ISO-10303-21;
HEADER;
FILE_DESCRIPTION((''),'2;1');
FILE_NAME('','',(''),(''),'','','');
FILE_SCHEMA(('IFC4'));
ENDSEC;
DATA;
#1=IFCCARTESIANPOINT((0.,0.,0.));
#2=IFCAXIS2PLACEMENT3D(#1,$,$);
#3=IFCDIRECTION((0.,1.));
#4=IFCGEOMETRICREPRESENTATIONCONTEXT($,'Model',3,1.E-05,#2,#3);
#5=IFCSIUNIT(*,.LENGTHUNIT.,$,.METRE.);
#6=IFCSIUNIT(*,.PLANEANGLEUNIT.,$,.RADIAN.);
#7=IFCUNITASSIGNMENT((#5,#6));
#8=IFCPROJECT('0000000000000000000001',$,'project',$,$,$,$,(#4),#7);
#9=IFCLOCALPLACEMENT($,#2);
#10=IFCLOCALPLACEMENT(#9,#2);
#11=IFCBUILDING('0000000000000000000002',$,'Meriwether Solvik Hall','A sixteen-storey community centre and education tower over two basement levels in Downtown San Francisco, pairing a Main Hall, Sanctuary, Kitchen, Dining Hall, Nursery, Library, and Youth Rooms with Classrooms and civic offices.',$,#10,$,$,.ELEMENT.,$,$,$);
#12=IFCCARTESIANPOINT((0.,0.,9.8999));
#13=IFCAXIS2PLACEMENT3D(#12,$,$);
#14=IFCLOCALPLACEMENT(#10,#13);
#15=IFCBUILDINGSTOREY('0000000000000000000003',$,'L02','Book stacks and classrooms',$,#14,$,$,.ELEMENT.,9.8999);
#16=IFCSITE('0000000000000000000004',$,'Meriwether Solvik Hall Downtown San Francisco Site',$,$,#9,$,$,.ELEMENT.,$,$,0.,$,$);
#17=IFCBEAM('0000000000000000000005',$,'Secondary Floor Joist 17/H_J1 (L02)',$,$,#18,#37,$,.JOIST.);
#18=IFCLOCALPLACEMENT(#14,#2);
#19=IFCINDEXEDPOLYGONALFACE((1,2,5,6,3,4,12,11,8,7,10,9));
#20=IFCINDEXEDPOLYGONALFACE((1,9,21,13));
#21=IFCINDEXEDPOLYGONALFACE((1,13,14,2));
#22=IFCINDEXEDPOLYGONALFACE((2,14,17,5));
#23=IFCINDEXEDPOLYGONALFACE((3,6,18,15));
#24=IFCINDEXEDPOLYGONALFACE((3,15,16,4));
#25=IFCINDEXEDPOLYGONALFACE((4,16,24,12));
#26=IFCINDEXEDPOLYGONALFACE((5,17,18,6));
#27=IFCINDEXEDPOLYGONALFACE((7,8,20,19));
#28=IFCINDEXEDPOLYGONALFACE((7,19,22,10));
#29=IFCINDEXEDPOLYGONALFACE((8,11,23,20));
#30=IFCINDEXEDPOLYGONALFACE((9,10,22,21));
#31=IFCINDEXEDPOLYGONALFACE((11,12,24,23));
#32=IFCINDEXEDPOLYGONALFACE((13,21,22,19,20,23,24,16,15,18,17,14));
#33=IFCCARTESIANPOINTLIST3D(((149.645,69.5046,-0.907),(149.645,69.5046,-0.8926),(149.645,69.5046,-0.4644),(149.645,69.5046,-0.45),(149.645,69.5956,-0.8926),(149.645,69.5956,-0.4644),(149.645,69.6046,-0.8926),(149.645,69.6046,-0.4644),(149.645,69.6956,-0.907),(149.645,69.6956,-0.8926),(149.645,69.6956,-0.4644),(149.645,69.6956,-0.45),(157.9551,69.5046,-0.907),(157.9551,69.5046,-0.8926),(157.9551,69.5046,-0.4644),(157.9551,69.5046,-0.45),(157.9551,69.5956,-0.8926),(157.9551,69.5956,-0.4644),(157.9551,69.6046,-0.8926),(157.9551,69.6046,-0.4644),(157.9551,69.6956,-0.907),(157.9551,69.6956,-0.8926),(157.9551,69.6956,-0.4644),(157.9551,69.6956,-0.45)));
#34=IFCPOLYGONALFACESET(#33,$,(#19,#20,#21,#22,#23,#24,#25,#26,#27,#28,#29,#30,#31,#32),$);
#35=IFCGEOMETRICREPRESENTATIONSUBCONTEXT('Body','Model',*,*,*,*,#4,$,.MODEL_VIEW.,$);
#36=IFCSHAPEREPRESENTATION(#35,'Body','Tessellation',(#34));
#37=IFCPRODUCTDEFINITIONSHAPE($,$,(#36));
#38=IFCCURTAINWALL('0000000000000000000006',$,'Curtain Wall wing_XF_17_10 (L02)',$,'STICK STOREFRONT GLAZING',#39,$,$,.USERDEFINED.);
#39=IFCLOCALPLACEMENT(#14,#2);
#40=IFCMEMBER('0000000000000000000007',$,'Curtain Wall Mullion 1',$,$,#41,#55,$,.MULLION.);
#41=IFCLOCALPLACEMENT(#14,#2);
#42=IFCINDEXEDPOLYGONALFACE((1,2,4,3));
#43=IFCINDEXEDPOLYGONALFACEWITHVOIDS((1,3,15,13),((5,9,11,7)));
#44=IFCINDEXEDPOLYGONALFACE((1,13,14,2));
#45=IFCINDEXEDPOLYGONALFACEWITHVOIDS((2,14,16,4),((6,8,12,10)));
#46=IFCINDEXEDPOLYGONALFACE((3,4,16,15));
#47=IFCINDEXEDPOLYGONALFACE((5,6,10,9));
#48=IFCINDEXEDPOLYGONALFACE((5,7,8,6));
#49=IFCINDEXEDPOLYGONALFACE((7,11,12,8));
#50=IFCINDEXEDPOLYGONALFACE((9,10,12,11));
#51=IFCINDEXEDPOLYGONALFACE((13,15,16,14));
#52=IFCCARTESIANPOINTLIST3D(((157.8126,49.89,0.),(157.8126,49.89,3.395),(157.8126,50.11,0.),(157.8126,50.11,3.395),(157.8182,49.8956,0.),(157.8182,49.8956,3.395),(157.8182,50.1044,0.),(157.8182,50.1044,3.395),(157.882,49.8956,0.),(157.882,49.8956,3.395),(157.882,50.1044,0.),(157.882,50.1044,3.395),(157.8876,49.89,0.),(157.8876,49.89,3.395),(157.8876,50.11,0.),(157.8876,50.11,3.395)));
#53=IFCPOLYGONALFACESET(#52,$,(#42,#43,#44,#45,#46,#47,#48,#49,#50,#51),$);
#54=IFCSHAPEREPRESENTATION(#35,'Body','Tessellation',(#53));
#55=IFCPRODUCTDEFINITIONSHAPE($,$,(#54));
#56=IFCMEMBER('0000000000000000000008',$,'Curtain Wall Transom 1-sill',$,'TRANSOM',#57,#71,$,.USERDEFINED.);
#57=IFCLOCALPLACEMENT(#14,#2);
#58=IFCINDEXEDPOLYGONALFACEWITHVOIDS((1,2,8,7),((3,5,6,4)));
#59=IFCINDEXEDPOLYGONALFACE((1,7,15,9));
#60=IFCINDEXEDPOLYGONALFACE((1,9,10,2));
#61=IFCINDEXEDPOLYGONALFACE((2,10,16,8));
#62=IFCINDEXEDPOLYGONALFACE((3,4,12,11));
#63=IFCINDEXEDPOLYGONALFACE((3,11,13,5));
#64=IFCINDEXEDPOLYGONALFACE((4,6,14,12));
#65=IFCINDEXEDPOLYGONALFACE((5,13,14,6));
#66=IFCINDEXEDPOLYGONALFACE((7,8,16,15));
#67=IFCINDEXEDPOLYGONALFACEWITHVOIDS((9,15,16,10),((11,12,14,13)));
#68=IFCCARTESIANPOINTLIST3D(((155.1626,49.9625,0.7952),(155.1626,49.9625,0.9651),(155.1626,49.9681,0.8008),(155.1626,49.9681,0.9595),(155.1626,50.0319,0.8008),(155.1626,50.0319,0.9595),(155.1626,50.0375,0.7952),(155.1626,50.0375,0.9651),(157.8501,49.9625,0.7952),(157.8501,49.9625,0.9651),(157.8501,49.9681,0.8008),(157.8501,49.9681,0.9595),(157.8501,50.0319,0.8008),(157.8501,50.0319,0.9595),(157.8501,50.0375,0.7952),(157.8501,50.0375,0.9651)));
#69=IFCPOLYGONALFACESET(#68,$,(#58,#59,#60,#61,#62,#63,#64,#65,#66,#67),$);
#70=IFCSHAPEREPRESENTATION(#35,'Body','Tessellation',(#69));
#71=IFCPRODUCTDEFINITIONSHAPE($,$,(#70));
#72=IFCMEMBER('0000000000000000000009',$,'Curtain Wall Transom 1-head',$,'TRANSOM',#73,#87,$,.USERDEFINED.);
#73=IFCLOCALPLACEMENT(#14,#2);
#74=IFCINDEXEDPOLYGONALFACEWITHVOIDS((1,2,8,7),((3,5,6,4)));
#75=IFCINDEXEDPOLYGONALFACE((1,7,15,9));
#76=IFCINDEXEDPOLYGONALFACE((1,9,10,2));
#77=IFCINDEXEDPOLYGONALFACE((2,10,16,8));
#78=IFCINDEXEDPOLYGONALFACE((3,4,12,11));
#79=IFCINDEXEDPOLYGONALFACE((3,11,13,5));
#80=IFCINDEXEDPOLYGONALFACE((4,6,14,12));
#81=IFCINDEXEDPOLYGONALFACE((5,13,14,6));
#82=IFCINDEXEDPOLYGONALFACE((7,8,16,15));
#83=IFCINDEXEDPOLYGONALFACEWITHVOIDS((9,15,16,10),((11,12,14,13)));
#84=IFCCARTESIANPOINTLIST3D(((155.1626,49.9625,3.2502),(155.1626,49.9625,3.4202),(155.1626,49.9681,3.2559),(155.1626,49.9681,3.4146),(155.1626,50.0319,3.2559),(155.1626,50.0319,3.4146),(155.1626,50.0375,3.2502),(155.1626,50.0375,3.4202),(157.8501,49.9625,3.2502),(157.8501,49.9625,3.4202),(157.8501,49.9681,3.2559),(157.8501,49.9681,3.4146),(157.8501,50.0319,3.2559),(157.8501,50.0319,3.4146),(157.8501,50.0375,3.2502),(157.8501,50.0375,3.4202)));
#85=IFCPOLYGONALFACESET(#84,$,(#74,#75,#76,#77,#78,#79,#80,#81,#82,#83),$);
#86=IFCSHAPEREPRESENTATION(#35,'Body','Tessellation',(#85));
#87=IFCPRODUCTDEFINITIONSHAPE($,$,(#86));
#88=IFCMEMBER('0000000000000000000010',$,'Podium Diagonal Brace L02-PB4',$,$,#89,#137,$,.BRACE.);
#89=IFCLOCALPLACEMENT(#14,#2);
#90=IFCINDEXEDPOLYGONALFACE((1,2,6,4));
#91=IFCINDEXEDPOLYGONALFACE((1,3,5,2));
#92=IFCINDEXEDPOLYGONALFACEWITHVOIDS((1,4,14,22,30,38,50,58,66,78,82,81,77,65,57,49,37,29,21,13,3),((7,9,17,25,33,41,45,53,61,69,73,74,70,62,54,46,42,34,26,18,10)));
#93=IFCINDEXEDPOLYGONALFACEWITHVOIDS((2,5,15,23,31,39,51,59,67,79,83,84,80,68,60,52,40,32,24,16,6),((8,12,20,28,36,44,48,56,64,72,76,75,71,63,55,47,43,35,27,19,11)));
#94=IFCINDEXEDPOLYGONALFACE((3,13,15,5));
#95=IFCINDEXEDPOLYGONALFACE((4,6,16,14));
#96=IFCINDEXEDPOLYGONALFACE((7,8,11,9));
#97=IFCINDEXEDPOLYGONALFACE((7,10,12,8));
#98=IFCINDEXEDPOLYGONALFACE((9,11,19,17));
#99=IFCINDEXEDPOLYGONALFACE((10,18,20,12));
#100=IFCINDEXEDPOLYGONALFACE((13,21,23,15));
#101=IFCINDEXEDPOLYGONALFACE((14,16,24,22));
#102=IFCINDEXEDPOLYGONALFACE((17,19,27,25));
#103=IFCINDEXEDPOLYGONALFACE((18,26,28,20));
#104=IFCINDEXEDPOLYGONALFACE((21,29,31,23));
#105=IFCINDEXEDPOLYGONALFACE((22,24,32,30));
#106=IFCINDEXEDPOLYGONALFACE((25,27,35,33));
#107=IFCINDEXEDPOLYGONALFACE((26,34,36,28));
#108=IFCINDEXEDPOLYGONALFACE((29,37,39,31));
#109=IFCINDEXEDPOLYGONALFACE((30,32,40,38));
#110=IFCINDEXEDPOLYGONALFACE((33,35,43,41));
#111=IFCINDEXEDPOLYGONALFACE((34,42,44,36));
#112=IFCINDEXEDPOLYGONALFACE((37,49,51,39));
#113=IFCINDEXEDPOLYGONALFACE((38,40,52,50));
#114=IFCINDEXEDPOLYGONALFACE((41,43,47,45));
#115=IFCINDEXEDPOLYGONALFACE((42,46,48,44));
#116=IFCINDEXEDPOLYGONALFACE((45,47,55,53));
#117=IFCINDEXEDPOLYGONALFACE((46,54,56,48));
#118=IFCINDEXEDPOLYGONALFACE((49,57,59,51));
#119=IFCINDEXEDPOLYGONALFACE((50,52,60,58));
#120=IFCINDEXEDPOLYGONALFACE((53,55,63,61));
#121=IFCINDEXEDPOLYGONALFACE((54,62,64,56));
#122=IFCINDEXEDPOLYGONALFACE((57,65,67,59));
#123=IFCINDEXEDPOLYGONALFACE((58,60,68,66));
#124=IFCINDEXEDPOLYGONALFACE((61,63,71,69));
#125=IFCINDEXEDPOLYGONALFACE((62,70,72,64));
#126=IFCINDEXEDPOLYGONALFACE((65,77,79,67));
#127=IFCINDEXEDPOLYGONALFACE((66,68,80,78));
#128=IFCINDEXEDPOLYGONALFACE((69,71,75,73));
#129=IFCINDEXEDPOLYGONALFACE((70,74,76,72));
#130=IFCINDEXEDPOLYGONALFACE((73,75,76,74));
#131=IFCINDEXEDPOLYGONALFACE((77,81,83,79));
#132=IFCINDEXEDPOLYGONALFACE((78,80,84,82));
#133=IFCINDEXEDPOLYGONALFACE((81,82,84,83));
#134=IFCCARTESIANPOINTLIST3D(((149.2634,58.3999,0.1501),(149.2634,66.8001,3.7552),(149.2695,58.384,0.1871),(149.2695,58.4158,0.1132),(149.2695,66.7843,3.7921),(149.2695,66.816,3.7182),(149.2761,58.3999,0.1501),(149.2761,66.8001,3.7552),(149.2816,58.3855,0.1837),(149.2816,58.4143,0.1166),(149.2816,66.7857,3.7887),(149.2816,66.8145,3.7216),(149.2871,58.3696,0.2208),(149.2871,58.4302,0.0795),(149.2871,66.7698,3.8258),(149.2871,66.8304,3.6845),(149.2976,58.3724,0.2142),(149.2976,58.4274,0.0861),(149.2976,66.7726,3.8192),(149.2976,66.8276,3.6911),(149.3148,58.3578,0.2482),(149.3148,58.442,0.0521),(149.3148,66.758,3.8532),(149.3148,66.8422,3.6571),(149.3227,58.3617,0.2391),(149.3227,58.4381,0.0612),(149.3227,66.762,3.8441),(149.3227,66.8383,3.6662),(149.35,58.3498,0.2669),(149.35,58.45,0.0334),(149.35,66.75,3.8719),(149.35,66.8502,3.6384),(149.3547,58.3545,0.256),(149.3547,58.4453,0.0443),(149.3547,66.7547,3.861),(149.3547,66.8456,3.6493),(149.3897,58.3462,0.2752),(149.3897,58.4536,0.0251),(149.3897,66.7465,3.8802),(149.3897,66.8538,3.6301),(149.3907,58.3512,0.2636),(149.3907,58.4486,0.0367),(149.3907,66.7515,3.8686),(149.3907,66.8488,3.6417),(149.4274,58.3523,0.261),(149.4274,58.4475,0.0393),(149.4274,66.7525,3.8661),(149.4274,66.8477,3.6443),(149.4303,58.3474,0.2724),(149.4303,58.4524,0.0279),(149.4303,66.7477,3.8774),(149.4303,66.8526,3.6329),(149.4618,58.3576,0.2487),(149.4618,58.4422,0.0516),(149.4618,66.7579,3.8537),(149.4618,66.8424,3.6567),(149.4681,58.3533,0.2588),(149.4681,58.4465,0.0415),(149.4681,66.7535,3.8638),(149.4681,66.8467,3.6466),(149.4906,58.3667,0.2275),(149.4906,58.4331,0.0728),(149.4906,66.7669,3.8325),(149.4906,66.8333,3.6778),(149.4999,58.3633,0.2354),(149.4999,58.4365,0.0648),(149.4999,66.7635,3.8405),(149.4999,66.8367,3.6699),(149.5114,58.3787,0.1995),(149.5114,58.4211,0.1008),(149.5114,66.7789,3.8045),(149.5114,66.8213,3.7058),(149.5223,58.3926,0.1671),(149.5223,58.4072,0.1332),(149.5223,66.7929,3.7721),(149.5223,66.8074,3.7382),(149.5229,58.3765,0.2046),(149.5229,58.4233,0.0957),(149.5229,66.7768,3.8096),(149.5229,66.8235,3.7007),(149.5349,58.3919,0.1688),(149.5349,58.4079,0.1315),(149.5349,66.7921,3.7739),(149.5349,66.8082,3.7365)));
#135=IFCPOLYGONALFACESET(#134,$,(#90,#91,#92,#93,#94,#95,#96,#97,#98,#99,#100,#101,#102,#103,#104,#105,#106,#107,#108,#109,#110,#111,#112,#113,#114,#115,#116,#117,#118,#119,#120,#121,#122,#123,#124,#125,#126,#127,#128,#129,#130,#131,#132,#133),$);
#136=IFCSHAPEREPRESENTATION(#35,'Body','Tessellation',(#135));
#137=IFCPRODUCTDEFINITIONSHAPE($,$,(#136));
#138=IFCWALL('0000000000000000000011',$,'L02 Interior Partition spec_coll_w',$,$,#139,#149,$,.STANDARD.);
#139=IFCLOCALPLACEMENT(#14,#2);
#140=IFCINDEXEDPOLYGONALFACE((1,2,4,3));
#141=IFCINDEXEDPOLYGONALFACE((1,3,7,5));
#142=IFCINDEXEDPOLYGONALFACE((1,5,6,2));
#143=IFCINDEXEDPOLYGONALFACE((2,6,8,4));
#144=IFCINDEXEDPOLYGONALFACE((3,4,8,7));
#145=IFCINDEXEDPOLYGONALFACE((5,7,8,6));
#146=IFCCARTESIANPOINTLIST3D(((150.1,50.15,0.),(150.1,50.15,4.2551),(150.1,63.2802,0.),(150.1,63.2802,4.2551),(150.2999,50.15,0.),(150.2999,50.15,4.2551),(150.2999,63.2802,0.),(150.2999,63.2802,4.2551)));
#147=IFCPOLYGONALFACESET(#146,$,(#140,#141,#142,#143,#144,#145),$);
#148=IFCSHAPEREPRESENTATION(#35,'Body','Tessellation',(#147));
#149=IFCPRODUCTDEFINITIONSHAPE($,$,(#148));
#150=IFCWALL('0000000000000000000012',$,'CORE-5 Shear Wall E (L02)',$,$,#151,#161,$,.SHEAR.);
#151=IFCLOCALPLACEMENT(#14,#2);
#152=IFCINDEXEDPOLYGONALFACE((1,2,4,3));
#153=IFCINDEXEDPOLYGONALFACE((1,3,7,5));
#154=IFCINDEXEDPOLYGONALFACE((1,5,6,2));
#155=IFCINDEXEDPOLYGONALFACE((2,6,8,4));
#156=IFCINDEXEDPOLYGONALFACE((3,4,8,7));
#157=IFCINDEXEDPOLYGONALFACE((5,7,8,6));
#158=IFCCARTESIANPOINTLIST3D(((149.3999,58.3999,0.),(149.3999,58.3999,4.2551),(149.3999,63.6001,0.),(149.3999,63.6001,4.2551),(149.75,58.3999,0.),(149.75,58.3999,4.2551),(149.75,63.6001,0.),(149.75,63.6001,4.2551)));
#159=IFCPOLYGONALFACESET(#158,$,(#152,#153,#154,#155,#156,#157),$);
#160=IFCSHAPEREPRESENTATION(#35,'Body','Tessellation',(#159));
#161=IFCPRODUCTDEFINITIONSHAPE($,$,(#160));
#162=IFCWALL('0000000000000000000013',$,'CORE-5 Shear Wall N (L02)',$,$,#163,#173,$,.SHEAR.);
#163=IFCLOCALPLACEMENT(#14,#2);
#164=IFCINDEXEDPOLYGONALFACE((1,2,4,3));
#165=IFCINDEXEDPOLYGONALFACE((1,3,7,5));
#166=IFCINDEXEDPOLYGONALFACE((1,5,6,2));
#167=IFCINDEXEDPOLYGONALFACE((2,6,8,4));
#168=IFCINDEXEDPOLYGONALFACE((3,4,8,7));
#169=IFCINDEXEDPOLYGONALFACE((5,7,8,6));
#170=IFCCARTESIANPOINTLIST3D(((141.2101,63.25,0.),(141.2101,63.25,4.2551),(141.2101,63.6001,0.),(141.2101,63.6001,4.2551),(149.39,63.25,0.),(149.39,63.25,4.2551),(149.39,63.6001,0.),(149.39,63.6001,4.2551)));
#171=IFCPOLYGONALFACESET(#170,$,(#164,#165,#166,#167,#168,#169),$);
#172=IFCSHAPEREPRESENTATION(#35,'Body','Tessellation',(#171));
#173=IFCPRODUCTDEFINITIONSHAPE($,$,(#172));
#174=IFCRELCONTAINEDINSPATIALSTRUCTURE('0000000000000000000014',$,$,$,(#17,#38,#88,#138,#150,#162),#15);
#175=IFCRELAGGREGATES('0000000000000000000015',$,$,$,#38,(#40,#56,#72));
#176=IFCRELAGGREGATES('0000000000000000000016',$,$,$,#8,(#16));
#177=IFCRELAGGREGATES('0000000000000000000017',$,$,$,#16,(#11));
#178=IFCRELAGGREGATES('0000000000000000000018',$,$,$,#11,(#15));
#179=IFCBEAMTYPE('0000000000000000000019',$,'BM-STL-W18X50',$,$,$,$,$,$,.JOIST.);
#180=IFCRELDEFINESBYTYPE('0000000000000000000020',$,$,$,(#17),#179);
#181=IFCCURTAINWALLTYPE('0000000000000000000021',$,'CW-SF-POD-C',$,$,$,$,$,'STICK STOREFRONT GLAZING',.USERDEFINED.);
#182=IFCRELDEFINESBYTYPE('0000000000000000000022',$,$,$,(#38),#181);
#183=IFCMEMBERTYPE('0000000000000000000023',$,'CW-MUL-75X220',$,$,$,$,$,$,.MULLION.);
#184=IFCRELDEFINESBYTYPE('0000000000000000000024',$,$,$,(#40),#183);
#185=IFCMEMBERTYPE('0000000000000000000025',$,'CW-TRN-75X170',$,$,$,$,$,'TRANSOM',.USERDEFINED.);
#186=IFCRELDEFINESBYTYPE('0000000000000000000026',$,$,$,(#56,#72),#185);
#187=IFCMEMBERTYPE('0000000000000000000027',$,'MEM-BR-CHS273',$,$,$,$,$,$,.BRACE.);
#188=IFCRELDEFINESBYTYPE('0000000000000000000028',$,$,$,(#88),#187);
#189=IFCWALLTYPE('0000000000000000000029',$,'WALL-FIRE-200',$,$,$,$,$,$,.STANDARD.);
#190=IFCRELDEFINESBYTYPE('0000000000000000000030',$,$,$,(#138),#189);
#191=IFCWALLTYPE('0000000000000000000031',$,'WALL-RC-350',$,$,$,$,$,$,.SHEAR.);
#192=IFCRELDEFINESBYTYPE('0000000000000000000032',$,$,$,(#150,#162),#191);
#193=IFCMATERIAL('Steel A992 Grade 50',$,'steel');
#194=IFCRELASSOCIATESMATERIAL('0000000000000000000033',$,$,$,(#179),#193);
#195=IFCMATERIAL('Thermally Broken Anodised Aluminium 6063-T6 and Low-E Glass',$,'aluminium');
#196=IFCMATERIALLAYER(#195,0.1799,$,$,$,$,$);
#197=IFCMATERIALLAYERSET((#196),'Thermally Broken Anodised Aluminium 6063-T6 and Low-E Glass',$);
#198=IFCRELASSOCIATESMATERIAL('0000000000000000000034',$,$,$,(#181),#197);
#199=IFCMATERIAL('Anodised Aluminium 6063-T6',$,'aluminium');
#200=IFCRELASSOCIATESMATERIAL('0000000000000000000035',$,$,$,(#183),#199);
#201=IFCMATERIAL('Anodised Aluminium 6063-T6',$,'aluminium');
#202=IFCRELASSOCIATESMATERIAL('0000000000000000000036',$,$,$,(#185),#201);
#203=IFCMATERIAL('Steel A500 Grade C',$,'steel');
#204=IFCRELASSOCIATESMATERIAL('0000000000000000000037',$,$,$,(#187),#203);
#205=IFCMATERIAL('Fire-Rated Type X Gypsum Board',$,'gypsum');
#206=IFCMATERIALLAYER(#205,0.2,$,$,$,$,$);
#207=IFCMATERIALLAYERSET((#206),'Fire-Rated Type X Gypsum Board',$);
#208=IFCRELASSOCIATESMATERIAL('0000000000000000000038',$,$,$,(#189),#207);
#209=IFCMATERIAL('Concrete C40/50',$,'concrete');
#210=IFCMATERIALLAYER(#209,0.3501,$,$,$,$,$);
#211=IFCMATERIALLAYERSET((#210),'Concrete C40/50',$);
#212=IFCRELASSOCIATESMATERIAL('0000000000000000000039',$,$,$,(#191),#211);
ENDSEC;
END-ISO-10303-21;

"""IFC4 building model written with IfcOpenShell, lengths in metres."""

from ifc_helpers import new_model, si_unit, direction, frame, frame_2d, origin, origin_2d, place, context, subcontext, project, spatial, rectangle, hollow_rectangle, hollow_circle, i_section, extrude, material, layer, layer_set, material_profile, profile_set, type_object, element, aggregate, save


model = new_model("IFC4")

# Units and contexts
model_context = context("Model", 3, precision=1e-05, world=origin(), true_north=direction((0.0, 1.0)))
body_context = subcontext(model_context, "Body", "Model", "MODEL_VIEW")
ifc_project = project(units=[si_unit("LENGTHUNIT", "METRE"), si_unit("PLANEANGLEUNIT", "RADIAN")], contexts=[model_context])

# Site, building, storey
site_placement = place(None, origin())
site = spatial("IfcSite", under=ifc_project, at=site_placement, Name="Meriwether Solvik Hall Downtown San Francisco Site", CompositionType="ELEMENT", RefElevation=0.0)
building_placement = place(site_placement, origin())
building = spatial("IfcBuilding", under=site, at=building_placement, Name="Meriwether Solvik Hall", Description="A sixteen-storey community centre and education tower over two basement levels in Downtown San Francisco, pairing a Main Hall, Sanctuary, Kitchen, Dining Hall, Nursery, Library, and Youth Rooms with Classrooms and civic offices.", CompositionType="ELEMENT")
storey_placement = place(building_placement, frame((0.0, 0.0, 9.8999)))
storey = spatial("IfcBuildingStorey", under=building, at=storey_placement, Name="L02", Description="Book stacks and classrooms", CompositionType="ELEMENT", Elevation=9.8999)

# Beam
ifc_material_1 = material(Name="Steel A992 Grade 50", Category="steel")
ifc_material_profile_1 = material_profile(ifc_material_1, i_section(OverallWidth=0.1909, OverallDepth=0.457, WebThickness=0.009, FlangeThickness=0.0144, at=origin_2d()), Name="W18X50")
ifc_profile_set_1 = profile_set([ifc_material_profile_1], Name="Steel A992 Grade 50")
beam_type_1 = type_object("IfcBeamType", Name="BM-STL-W18X50", PredefinedType="JOIST", material=ifc_profile_set_1)
beam_1_placement = place(storey_placement, frame((149.645, 69.6001, -0.6785), z_axis=(1.0, 0.0, 0.0), x_axis=(0.0, 1.0, 0.0)))
element("IfcBeam", 1, at=beam_1_placement, inside=storey, type_object=beam_type_1, Name="Secondary Floor Joist 17/H_J1 (L02)", PredefinedType="JOIST", context=body_context, shape_type="SweptSolid", body=[
    extrude(i_section(OverallWidth=0.1909, OverallDepth=0.457, WebThickness=0.009, FlangeThickness=0.0144, at=origin_2d()), origin(), (0.0, 0.0, 1.0), 8.3101),
])

# Curtain wall, members
ifc_material_2 = material(Name="Thermally Broken Anodised Aluminium 6063-T6 and Low-E Glass", Category="aluminium")
ifc_layer_1 = layer(ifc_material_2, 0.1799)
ifc_layer_set_1 = layer_set([ifc_layer_1], Name="Thermally Broken Anodised Aluminium 6063-T6 and Low-E Glass")
curtain_wall_type = type_object("IfcCurtainWallType", Name="CW-SF-POD-C", ElementType="STICK STOREFRONT GLAZING", PredefinedType="USERDEFINED", material=ifc_layer_set_1)
curtain_wall_placement = place(storey_placement, origin())
curtain_wall = element("IfcCurtainWall", 2, at=curtain_wall_placement, inside=storey, type_object=curtain_wall_type, Name="Curtain Wall wing_XF_17_10 (L02)", ObjectType="STICK STOREFRONT GLAZING", PredefinedType="USERDEFINED")
ifc_material_3 = material(Name="Anodised Aluminium 6063-T6", Category="aluminium")
ifc_material_profile_2 = material_profile(ifc_material_3, hollow_rectangle(XDim=0.075, YDim=0.22, WallThickness=0.0056, at=origin_2d()), Name="CWM-75X220")
ifc_profile_set_2 = profile_set([ifc_material_profile_2], Name="Anodised Aluminium 6063-T6")
member_type_1 = type_object("IfcMemberType", Name="CW-MUL-75X220", PredefinedType="MULLION", material=ifc_profile_set_2)
member_1_placement = place(storey_placement, frame((157.8501, 50.0, 0.0), z_axis=(0.0, 0.0, 1.0), x_axis=(-1.0, 0.0, 0.0)))
member_1 = element("IfcMember", 3, at=member_1_placement, type_object=member_type_1, Name="Curtain Wall Mullion 1", PredefinedType="MULLION", context=body_context, shape_type="SweptSolid", body=[
    extrude(hollow_rectangle(XDim=0.075, YDim=0.22, WallThickness=0.0056, at=origin_2d()), origin(), (0.0, 0.0, 1.0), 3.395),
])
ifc_material_4 = material(Name="Anodised Aluminium 6063-T6", Category="aluminium")
ifc_material_profile_3 = material_profile(ifc_material_4, hollow_rectangle(XDim=0.075, YDim=0.1699, WallThickness=0.0056, at=origin_2d()), Name="CWT-75X170")
ifc_profile_set_3 = profile_set([ifc_material_profile_3], Name="Anodised Aluminium 6063-T6")
member_type_2 = type_object("IfcMemberType", Name="CW-TRN-75X170", ElementType="TRANSOM", PredefinedType="USERDEFINED", material=ifc_profile_set_3)
member_2_placement = place(storey_placement, frame((157.8501, 50.0, 0.8801), z_axis=(-1.0, 0.0, 0.0), x_axis=(0.0, -1.0, 0.0)))
member_2 = element("IfcMember", 4, at=member_2_placement, type_object=member_type_2, Name="Curtain Wall Transom 1-sill", ObjectType="TRANSOM", PredefinedType="USERDEFINED", context=body_context, shape_type="SweptSolid", body=[
    extrude(hollow_rectangle(XDim=0.075, YDim=0.1699, WallThickness=0.0056, at=origin_2d()), origin(), (0.0, 0.0, 1.0), 2.6875),
])
member_3_placement = place(storey_placement, frame((157.8501, 50.0, 3.3352), z_axis=(-1.0, 0.0, 0.0), x_axis=(0.0, -1.0, 0.0)))
member_3 = element("IfcMember", 5, at=member_3_placement, type_object=member_type_2, Name="Curtain Wall Transom 1-head", ObjectType="TRANSOM", PredefinedType="USERDEFINED", context=body_context, shape_type="SweptSolid", body=[
    extrude(hollow_rectangle(XDim=0.075, YDim=0.1699, WallThickness=0.0056, at=origin_2d()), origin(), (0.0, 0.0, 1.0), 2.6875),
])
aggregate(curtain_wall, [member_1, member_2, member_3])

# Member
ifc_material_5 = material(Name="Steel A500 Grade C", Category="steel")
ifc_material_profile_4 = material_profile(ifc_material_5, hollow_circle(Radius=0.1365, WallThickness=0.0127, at=origin_2d()), Name="CHS273X12.7")
ifc_profile_set_4 = profile_set([ifc_material_profile_4], Name="Steel A500 Grade C")
member_type_3 = type_object("IfcMemberType", Name="MEM-BR-CHS273", PredefinedType="BRACE", material=ifc_profile_set_4)
member_4_placement = place(storey_placement, frame((149.3999, 58.3999, 0.1501), z_axis=(0.0, 0.91895, 0.394374), x_axis=(-1.0, 0.0, 0.0)))
element("IfcMember", 6, at=member_4_placement, inside=storey, type_object=member_type_3, Name="Podium Diagonal Brace L02-PB4", PredefinedType="BRACE", context=body_context, shape_type="SweptSolid", body=[
    extrude(hollow_circle(Radius=0.1365, WallThickness=0.0127, at=origin_2d()), origin(), (0.0, 0.0, 1.0), 9.1411),
])

# Walls
ifc_material_6 = material(Name="Fire-Rated Type X Gypsum Board", Category="gypsum")
ifc_layer_2 = layer(ifc_material_6, 0.2)
ifc_layer_set_2 = layer_set([ifc_layer_2], Name="Fire-Rated Type X Gypsum Board")
wall_type_1 = type_object("IfcWallType", Name="WALL-FIRE-200", PredefinedType="STANDARD", material=ifc_layer_set_2)
wall_1_placement = place(storey_placement, frame((150.2, 63.28, 0.0), z_axis=(0.0, 0.0, 1.0), x_axis=(0.0, -1.0, 0.0)))
element("IfcWall", 7, at=wall_1_placement, inside=storey, type_object=wall_type_1, Name="L02 Interior Partition spec_coll_w", PredefinedType="STANDARD", context=body_context, shape_type="SweptSolid", body=[
    extrude(rectangle(XDim=13.1301, YDim=0.2, at=frame_2d((6.5649, 0.0))), origin(), (0.0, 0.0, 1.0), 4.2551),
])
ifc_material_7 = material(Name="Concrete C40/50", Category="concrete")
ifc_layer_3 = layer(ifc_material_7, 0.3501)
ifc_layer_set_3 = layer_set([ifc_layer_3], Name="Concrete C40/50")
wall_type_2 = type_object("IfcWallType", Name="WALL-RC-350", PredefinedType="SHEAR", material=ifc_layer_set_3)
wall_2_placement = place(storey_placement, frame((149.575, 58.3999, 0.0), z_axis=(0.0, 0.0, 1.0), x_axis=(0.0, 1.0, 0.0)))
element("IfcWall", 8, at=wall_2_placement, inside=storey, type_object=wall_type_2, Name="CORE-5 Shear Wall E (L02)", PredefinedType="SHEAR", context=body_context, shape_type="SweptSolid", body=[
    extrude(rectangle(XDim=5.2002, YDim=0.3501, at=frame_2d((2.6001, 0.0))), origin(), (0.0, 0.0, 1.0), 4.2551),
])
wall_3_placement = place(storey_placement, frame((149.3899, 63.425, 0.0), z_axis=(0.0, 0.0, 1.0), x_axis=(-1.0, 0.0, 0.0)))
element("IfcWall", 9, at=wall_3_placement, inside=storey, type_object=wall_type_2, Name="CORE-5 Shear Wall N (L02)", PredefinedType="SHEAR", context=body_context, shape_type="SweptSolid", body=[
    extrude(rectangle(XDim=8.1799, YDim=0.3501, at=frame_2d((4.0898, 0.0))), origin(), (0.0, 0.0, 1.0), 4.2551),
])

save(model, "model.ifc")
